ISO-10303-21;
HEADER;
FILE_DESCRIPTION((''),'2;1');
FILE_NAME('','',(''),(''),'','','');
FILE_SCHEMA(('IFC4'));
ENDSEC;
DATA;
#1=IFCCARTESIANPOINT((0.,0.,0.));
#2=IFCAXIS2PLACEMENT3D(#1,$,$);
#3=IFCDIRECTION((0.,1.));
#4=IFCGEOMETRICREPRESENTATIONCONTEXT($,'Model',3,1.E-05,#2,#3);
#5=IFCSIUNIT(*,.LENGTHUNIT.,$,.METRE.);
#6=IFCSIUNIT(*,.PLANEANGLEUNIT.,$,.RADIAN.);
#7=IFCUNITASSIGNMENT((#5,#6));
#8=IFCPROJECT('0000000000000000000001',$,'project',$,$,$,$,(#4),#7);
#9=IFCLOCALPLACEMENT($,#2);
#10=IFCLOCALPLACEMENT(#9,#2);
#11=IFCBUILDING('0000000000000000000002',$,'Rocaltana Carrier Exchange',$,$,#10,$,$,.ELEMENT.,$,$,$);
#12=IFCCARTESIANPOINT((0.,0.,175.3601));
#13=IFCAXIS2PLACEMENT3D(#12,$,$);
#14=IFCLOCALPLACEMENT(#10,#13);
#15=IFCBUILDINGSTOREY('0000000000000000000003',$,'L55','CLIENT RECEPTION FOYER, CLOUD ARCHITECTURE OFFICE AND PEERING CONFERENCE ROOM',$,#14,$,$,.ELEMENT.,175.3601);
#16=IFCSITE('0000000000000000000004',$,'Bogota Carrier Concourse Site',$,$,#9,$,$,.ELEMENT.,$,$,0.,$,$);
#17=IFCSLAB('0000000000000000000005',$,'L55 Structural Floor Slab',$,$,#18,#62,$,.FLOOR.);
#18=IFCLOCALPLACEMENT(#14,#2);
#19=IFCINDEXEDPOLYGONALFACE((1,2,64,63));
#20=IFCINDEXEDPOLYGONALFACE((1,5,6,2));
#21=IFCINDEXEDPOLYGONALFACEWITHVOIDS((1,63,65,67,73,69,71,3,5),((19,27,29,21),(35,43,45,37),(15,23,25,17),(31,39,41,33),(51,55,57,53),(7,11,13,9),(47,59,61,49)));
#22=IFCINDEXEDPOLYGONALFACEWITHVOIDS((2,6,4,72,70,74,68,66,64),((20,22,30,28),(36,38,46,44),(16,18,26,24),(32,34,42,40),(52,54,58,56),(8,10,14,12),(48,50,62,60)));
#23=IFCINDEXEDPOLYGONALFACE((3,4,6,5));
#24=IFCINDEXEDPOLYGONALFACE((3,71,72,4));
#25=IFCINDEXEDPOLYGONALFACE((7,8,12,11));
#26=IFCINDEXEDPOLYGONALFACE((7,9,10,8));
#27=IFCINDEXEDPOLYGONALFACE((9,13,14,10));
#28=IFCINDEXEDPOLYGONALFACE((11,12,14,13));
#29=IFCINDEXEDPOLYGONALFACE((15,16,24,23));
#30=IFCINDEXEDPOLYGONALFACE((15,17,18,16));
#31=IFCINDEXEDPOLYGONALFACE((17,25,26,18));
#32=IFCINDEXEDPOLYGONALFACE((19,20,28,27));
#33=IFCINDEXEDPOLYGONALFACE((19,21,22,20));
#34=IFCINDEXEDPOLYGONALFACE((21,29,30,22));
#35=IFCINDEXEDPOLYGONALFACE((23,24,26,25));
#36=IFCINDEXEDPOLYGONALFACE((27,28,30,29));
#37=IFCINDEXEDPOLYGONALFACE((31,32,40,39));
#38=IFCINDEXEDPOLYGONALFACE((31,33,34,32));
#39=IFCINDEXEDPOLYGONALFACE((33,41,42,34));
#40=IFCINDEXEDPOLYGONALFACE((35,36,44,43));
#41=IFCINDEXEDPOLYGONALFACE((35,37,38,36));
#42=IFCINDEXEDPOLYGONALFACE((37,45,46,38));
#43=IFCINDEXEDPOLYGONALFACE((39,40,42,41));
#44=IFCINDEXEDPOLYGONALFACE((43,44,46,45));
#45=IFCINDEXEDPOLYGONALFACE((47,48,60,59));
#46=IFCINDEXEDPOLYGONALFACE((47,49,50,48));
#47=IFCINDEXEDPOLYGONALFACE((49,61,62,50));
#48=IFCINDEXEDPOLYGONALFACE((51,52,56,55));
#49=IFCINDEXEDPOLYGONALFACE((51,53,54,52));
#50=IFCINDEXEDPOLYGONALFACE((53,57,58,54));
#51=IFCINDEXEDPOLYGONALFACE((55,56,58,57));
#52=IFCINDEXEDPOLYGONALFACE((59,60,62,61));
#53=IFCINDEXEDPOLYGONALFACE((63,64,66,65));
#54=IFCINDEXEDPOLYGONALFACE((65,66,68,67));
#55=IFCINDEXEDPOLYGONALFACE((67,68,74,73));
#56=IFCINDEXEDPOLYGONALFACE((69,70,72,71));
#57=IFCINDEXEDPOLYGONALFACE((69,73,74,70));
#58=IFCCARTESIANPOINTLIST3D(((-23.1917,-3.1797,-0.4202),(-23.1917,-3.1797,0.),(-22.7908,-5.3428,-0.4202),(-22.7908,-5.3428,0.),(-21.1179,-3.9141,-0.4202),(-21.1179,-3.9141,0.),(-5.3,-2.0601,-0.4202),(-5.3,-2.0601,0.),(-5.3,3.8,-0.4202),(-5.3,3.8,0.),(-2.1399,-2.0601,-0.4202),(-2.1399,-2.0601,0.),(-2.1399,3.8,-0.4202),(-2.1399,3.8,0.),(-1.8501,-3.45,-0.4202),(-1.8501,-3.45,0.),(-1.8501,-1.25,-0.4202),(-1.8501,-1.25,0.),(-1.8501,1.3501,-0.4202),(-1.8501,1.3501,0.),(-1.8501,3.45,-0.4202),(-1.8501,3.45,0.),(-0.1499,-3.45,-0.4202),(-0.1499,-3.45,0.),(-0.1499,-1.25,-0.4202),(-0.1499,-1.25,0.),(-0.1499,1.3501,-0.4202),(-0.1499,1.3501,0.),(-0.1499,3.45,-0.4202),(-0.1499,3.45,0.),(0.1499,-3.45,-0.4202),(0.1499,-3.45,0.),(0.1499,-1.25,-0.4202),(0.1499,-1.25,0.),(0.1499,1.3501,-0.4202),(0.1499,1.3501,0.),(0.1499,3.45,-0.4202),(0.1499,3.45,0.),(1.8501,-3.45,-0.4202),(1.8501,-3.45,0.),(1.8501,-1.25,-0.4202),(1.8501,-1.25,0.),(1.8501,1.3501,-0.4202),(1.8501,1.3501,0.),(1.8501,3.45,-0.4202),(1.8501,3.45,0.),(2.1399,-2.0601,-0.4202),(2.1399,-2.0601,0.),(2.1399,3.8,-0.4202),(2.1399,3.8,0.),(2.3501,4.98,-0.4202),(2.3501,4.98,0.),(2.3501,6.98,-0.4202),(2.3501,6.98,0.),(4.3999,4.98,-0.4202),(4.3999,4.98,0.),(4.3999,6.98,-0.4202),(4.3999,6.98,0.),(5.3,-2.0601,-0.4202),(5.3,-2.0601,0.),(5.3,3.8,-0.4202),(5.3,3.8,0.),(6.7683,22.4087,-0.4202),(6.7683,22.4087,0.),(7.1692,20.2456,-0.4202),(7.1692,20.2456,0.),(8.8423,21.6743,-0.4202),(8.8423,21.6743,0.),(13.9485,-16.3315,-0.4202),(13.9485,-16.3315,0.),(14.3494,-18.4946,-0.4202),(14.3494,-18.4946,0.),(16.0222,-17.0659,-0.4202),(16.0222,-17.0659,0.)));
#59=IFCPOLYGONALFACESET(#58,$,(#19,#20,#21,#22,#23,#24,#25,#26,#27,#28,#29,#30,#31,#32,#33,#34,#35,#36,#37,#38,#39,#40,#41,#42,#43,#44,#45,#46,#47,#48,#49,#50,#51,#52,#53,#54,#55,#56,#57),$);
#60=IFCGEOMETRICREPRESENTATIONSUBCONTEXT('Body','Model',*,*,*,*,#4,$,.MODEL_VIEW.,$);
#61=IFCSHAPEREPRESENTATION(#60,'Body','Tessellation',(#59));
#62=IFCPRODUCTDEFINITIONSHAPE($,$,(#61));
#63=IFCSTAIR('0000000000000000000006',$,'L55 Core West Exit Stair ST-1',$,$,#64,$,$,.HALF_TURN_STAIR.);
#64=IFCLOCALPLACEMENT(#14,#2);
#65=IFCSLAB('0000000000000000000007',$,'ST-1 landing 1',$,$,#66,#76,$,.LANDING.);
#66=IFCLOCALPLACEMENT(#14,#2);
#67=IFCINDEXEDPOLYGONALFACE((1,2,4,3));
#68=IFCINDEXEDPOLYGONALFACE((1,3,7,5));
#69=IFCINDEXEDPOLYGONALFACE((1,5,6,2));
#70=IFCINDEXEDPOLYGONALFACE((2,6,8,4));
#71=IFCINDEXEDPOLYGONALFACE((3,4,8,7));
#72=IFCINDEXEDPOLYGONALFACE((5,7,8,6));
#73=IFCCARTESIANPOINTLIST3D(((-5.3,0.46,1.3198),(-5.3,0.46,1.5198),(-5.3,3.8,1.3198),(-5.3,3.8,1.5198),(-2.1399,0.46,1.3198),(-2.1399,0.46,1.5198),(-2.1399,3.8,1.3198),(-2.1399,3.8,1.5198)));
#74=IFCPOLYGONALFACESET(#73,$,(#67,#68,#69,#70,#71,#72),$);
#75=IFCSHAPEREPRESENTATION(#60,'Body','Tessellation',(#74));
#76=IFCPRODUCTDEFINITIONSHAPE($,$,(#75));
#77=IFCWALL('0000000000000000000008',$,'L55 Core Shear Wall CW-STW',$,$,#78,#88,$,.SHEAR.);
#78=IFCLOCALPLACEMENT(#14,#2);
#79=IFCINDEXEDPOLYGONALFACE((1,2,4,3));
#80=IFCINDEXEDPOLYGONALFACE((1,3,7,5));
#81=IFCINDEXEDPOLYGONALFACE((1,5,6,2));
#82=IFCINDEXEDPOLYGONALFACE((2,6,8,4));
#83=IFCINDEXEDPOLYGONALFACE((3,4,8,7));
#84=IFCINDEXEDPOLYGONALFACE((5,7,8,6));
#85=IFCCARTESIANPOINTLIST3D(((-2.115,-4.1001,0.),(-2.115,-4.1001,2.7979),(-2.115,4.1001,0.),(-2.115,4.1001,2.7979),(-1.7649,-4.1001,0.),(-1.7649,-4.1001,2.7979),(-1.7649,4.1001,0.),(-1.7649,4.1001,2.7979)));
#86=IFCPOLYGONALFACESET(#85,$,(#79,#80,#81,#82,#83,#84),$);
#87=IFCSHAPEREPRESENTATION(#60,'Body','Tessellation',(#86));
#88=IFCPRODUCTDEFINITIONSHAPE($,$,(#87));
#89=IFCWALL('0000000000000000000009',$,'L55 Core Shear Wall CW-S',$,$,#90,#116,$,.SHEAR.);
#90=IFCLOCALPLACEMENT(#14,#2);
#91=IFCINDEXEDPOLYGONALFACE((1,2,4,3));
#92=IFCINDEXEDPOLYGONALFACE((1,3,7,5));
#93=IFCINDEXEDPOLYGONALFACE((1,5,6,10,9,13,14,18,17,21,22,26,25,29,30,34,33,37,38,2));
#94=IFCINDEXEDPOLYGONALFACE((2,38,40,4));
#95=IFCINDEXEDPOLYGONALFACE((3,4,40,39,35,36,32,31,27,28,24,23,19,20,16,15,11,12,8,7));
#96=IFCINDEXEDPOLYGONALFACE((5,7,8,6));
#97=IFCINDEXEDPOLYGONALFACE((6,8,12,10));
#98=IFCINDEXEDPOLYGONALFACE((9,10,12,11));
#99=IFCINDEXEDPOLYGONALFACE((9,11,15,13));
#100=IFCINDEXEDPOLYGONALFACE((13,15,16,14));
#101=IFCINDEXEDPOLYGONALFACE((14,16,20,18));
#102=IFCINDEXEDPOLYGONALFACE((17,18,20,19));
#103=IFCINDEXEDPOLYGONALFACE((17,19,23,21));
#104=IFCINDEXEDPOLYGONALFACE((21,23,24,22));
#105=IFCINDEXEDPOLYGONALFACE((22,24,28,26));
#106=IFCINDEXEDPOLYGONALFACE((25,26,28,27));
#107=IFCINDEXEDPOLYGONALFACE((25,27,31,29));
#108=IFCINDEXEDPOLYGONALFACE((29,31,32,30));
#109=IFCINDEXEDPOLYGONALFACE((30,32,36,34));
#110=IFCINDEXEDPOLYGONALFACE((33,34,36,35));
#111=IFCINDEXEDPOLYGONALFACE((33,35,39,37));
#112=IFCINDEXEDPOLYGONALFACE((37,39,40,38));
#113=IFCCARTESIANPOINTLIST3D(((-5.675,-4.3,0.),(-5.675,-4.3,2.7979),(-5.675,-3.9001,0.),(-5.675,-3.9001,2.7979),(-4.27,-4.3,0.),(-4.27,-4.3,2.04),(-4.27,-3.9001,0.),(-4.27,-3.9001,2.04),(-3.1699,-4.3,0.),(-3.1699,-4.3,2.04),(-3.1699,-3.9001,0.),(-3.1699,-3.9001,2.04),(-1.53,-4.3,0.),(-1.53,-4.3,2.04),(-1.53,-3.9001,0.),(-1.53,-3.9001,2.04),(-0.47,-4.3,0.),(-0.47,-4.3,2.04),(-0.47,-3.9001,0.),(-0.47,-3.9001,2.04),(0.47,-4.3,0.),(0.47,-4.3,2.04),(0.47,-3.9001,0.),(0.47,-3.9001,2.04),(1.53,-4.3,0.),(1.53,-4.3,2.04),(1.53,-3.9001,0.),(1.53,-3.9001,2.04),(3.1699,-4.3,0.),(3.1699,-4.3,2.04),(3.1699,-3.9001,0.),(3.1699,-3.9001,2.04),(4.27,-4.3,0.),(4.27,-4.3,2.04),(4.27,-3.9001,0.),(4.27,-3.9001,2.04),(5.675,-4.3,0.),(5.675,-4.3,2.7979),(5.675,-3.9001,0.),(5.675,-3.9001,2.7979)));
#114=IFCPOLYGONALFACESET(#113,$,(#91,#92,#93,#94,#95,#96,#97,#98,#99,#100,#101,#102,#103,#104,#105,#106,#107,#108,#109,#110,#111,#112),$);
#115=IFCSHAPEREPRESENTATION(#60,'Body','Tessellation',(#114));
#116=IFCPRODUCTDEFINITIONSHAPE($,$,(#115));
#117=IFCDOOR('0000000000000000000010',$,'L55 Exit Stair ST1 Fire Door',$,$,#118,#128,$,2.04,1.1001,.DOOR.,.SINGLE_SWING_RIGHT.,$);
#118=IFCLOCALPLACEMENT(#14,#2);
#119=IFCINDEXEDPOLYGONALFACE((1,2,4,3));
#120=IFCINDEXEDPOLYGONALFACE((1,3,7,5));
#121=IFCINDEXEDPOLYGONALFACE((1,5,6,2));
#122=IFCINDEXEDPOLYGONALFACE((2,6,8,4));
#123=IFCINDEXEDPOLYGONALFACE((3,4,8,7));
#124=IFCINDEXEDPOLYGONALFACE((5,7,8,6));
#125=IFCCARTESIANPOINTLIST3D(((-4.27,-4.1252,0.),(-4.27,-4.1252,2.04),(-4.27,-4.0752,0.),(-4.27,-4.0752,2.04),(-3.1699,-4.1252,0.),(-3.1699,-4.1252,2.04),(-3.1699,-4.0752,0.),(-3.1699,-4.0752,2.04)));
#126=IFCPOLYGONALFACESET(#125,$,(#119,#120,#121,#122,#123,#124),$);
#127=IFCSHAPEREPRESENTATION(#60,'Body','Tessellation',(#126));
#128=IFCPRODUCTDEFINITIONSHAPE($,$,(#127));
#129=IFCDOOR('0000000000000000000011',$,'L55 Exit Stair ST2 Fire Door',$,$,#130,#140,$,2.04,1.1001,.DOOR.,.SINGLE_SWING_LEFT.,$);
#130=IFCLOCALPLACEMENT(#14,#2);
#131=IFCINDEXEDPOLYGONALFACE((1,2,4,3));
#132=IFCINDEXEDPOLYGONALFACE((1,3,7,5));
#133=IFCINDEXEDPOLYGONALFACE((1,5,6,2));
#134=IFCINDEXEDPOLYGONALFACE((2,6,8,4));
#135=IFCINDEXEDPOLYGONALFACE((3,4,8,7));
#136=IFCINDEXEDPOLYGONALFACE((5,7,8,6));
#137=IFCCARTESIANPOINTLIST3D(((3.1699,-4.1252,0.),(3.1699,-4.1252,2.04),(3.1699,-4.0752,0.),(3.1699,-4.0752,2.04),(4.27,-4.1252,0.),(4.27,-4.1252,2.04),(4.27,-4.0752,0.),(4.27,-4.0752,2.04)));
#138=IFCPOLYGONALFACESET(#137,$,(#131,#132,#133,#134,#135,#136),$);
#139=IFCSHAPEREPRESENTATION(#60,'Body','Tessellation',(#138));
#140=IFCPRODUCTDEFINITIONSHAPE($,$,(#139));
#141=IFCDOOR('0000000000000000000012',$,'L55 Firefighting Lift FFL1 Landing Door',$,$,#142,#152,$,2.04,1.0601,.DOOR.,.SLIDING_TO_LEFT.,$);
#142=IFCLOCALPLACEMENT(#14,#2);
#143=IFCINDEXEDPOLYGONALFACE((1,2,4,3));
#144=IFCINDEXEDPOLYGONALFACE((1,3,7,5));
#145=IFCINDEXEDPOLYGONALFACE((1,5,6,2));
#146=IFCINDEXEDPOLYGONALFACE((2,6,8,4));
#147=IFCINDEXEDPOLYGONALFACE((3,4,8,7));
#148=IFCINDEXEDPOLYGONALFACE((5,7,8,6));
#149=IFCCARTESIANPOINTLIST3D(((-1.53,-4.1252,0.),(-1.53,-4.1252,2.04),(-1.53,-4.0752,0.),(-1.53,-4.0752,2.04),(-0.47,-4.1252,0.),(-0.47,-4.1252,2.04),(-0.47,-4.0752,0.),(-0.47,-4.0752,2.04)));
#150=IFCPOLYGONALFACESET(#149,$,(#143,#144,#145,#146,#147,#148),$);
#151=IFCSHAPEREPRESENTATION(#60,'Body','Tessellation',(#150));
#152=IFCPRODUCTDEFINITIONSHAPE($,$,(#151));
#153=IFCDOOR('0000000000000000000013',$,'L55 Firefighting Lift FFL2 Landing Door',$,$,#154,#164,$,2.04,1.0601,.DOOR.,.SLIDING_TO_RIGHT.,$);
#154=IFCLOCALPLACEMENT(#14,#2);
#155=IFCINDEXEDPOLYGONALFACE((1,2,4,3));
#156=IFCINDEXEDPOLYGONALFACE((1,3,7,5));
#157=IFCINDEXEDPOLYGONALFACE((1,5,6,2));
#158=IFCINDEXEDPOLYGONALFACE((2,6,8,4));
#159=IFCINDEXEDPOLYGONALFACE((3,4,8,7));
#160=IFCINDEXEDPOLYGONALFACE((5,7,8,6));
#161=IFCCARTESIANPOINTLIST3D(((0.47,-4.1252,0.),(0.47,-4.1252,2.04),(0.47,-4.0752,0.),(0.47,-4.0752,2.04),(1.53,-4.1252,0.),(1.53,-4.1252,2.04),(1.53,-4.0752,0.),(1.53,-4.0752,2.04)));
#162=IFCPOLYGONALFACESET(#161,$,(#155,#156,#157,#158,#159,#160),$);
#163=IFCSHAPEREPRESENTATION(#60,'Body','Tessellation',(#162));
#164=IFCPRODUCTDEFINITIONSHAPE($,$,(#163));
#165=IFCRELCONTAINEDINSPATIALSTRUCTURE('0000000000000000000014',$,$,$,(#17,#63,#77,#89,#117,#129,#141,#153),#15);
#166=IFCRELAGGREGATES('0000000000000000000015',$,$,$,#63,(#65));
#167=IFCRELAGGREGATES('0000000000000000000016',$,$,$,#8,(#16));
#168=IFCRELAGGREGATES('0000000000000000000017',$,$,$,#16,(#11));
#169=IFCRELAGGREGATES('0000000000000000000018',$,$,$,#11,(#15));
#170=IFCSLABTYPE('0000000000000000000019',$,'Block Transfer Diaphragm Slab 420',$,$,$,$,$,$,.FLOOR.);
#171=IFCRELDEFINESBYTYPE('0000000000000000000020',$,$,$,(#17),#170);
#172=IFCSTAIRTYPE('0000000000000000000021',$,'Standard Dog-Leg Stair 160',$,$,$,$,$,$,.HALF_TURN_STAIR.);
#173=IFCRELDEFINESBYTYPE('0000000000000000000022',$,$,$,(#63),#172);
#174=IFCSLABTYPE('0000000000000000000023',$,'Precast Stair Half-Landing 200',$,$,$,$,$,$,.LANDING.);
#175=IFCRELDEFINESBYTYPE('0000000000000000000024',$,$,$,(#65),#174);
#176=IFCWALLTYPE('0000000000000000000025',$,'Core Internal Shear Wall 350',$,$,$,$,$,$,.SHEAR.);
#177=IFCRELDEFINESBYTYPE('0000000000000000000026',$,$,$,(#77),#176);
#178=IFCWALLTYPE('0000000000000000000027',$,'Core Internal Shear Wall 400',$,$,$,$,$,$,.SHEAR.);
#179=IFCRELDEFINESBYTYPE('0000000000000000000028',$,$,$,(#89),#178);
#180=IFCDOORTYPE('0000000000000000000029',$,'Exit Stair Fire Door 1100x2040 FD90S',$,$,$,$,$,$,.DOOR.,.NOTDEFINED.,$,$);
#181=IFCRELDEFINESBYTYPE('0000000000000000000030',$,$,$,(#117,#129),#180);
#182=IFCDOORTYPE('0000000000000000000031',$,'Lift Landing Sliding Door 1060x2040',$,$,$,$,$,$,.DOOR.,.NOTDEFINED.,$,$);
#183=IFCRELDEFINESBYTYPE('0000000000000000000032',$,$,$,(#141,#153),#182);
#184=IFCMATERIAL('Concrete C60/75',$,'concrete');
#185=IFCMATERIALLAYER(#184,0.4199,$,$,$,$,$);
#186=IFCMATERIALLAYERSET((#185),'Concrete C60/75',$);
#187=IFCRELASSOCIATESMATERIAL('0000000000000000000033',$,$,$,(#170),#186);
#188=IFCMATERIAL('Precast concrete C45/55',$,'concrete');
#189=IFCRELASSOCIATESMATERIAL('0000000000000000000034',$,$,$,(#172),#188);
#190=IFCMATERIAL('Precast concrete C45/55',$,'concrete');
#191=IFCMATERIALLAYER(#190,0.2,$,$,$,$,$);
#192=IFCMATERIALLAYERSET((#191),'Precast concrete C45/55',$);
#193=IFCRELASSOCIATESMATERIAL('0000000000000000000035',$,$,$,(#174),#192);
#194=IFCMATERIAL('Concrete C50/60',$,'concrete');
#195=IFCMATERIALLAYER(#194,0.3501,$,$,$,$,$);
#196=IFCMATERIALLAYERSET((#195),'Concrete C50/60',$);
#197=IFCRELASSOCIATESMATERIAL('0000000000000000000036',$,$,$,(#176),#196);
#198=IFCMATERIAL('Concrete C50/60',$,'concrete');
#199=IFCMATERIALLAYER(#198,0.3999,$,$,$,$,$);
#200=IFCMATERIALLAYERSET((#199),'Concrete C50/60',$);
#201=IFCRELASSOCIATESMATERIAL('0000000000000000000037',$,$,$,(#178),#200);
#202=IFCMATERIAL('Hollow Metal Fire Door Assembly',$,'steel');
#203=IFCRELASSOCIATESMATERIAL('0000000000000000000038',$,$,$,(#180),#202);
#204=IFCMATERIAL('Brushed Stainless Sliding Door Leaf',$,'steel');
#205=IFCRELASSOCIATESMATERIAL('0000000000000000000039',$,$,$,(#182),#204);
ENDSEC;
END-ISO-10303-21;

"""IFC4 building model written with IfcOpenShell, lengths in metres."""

from ifc_helpers import new_model, si_unit, direction, frame, frame_2d, origin, place, context, subcontext, project, spatial, polyline, rectangle, outline, extrude, material, layer, layer_set, type_object, element, fill, aggregate, save


model = new_model("IFC4")

# Units and contexts
model_context = context("Model", 3, precision=1e-05, world=origin(), true_north=direction((0.0, 1.0)))
body_context = subcontext(model_context, "Body", "Model", "MODEL_VIEW")
ifc_project = project(units=[si_unit("LENGTHUNIT", "METRE"), si_unit("PLANEANGLEUNIT", "RADIAN")], contexts=[model_context])

# Site, building, storey
site_placement = place(None, origin())
site = spatial("IfcSite", under=ifc_project, at=site_placement, Name="Bogota Carrier Concourse Site", CompositionType="ELEMENT", RefElevation=0.0)
building_placement = place(site_placement, origin())
building = spatial("IfcBuilding", under=site, at=building_placement, Name="Rocaltana Carrier Exchange", CompositionType="ELEMENT")
storey_placement = place(building_placement, frame((0.0, 0.0, 175.3601)))
storey = spatial("IfcBuildingStorey", under=building, at=storey_placement, Name="L55", Description="CLIENT RECEPTION FOYER, CLOUD ARCHITECTURE OFFICE AND PEERING CONFERENCE ROOM", CompositionType="ELEMENT", Elevation=175.3601)

# Slab
ifc_material_1 = material(Name="Concrete C60/75", Category="concrete")
ifc_layer_1 = layer(ifc_material_1, 0.4199)
ifc_layer_set_1 = layer_set([ifc_layer_1], Name="Concrete C60/75")
slab_type_1 = type_object("IfcSlabType", Name="Block Transfer Diaphragm Slab 420", PredefinedType="FLOOR", material=ifc_layer_set_1)
slab_1_placement = place(storey_placement, frame((0.0, 0.0, -0.4202)))
element("IfcSlab", 1, at=slab_1_placement, inside=storey, type_object=slab_type_1, Name="L55 Structural Floor Slab", PredefinedType="FLOOR", context=body_context, shape_type="SweptSolid", body=[
    extrude(outline(polyline([(14.3494, -18.4946), (13.9485, -16.3315), (16.0222, -17.0659), (8.8423, 21.6743), (7.1692, 20.2456), (6.7683, 22.4087), (-23.1917, -3.1797), (-21.1179, -3.9141), (-22.7908, -5.3428), (14.3494, -18.4946)]), holes=[polyline([(-5.3, -2.0601), (-2.1399, -2.0601), (-2.1399, 3.8), (-5.3, 3.8), (-5.3, -2.0601)]), polyline([(2.1399, -2.0601), (5.3, -2.0601), (5.3, 3.8), (2.1399, 3.8), (2.1399, -2.0601)]), polyline([(-1.8501, -3.45), (-0.1499, -3.45), (-0.1499, -1.25), (-1.8501, -1.25), (-1.8501, -3.45)]), polyline([(0.1499, -3.45), (1.8501, -3.45), (1.8501, -1.25), (0.1499, -1.25), (0.1499, -3.45)]), polyline([(2.3501, 4.98), (4.3999, 4.98), (4.3999, 6.98), (2.3501, 6.98), (2.3501, 4.98)]), polyline([(-1.8501, 1.3501), (-0.1499, 1.3501), (-0.1499, 3.45), (-1.8501, 3.45), (-1.8501, 1.3501)]), polyline([(0.1499, 1.3501), (1.8501, 1.3501), (1.8501, 3.45), (0.1499, 3.45), (0.1499, 1.3501)])]), origin(), (0.0, 0.0, 1.0), 0.4202),
])

# Stair, slab
ifc_material_2 = material(Name="Precast concrete C45/55", Category="concrete")
stair_type = type_object("IfcStairType", Name="Standard Dog-Leg Stair 160", PredefinedType="HALF_TURN_STAIR", material=ifc_material_2)
stair_placement = place(storey_placement, origin())
stair = element("IfcStair", 2, at=stair_placement, inside=storey, type_object=stair_type, Name="L55 Core West Exit Stair ST-1", PredefinedType="HALF_TURN_STAIR")
ifc_material_3 = material(Name="Precast concrete C45/55", Category="concrete")
ifc_layer_2 = layer(ifc_material_3, 0.2)
ifc_layer_set_2 = layer_set([ifc_layer_2], Name="Precast concrete C45/55")
slab_type_2 = type_object("IfcSlabType", Name="Precast Stair Half-Landing 200", PredefinedType="LANDING", material=ifc_layer_set_2)
slab_2_placement = place(storey_placement, frame((0.0, 0.0, 1.3198)))
slab_2 = element("IfcSlab", 3, at=slab_2_placement, type_object=slab_type_2, Name="ST-1 landing 1", PredefinedType="LANDING", context=body_context, shape_type="SweptSolid", body=[
    extrude(outline(polyline([(-2.1399, 0.46), (-2.1399, 3.8), (-5.3, 3.8), (-5.3, 0.46), (-2.1399, 0.46)])), origin(), (0.0, 0.0, 1.0), 0.2),
])

# Wall
ifc_material_4 = material(Name="Concrete C50/60", Category="concrete")
ifc_layer_3 = layer(ifc_material_4, 0.3501)
ifc_layer_set_3 = layer_set([ifc_layer_3], Name="Concrete C50/60")
wall_type_1 = type_object("IfcWallType", Name="Core Internal Shear Wall 350", PredefinedType="SHEAR", material=ifc_layer_set_3)
wall_1_placement = place(storey_placement, frame((-1.9399, -4.1001, 0.0), z_axis=(0.0, 0.0, 1.0), x_axis=(0.0, 1.0, 0.0)))
element("IfcWall", 4, at=wall_1_placement, inside=storey, type_object=wall_type_1, Name="L55 Core Shear Wall CW-STW", PredefinedType="SHEAR", context=body_context, shape_type="SweptSolid", body=[
    extrude(rectangle(XDim=8.2002, YDim=0.3501, at=frame_2d((4.1001, 0.0))), origin(), (0.0, 0.0, 1.0), 2.7979),
])

# Wall, openings, doors
ifc_material_5 = material(Name="Concrete C50/60", Category="concrete")
ifc_layer_4 = layer(ifc_material_5, 0.3999)
ifc_layer_set_4 = layer_set([ifc_layer_4], Name="Concrete C50/60")
wall_type_2 = type_object("IfcWallType", Name="Core Internal Shear Wall 400", PredefinedType="SHEAR", material=ifc_layer_set_4)
wall_2_placement = place(storey_placement, frame((-5.675, -4.1001, 0.0), z_axis=(0.0, 0.0, 1.0), x_axis=(1.0, 0.0, 0.0)))
wall_2 = element("IfcWall", 5, at=wall_2_placement, inside=storey, type_object=wall_type_2, Name="L55 Core Shear Wall CW-S", PredefinedType="SHEAR", context=body_context, shape_type="SweptSolid", body=[
    extrude(rectangle(XDim=11.3501, YDim=0.3999, at=frame_2d((5.675, 0.0))), origin(), (0.0, 0.0, 1.0), 2.7979),
])
opening_1_placement = place(wall_2_placement, frame((1.405, 0.0, 0.0)))
opening_1 = element("IfcOpeningElement", 6, at=opening_1_placement, cuts=wall_2, PredefinedType="OPENING", context=body_context, shape_type="SweptSolid", body=[
    extrude(rectangle(XDim=1.1001, YDim=2.04, at=frame_2d((0.55, 1.02))), frame((0.0, 0.21, 0.0), z_axis=(0.0, -1.0, 0.0), x_axis=(1.0, 0.0, 0.0)), (0.0, 0.0, 1.0), 0.4199),
])
opening_2_placement = place(wall_2_placement, frame((8.845, 0.0, 0.0)))
opening_2 = element("IfcOpeningElement", 7, at=opening_2_placement, cuts=wall_2, PredefinedType="OPENING", context=body_context, shape_type="SweptSolid", body=[
    extrude(rectangle(XDim=1.1001, YDim=2.04, at=frame_2d((0.55, 1.02))), frame((0.0, 0.21, 0.0), z_axis=(0.0, -1.0, 0.0), x_axis=(1.0, 0.0, 0.0)), (0.0, 0.0, 1.0), 0.4199),
])
opening_3_placement = place(wall_2_placement, frame((4.145, 0.0, 0.0)))
opening_3 = element("IfcOpeningElement", 8, at=opening_3_placement, cuts=wall_2, PredefinedType="OPENING", context=body_context, shape_type="SweptSolid", body=[
    extrude(rectangle(XDim=1.0601, YDim=2.04, at=frame_2d((0.53, 1.02))), frame((0.0, 0.21, 0.0), z_axis=(0.0, -1.0, 0.0), x_axis=(1.0, 0.0, 0.0)), (0.0, 0.0, 1.0), 0.4199),
])
opening_4_placement = place(wall_2_placement, frame((6.145, 0.0, 0.0)))
opening_4 = element("IfcOpeningElement", 9, at=opening_4_placement, cuts=wall_2, PredefinedType="OPENING", context=body_context, shape_type="SweptSolid", body=[
    extrude(rectangle(XDim=1.0601, YDim=2.04, at=frame_2d((0.53, 1.02))), frame((0.0, 0.21, 0.0), z_axis=(0.0, -1.0, 0.0), x_axis=(1.0, 0.0, 0.0)), (0.0, 0.0, 1.0), 0.4199),
])
ifc_material_6 = material(Name="Hollow Metal Fire Door Assembly", Category="steel")
door_type_1 = type_object("IfcDoorType", Name="Exit Stair Fire Door 1100x2040 FD90S", OperationType="NOTDEFINED", PredefinedType="DOOR", material=ifc_material_6)
door_1_placement = place(opening_1_placement, origin())
door_1 = element("IfcDoor", 10, at=door_1_placement, inside=storey, type_object=door_type_1, Name="L55 Exit Stair ST1 Fire Door", OperationType="SINGLE_SWING_RIGHT", OverallHeight=2.04, OverallWidth=1.1001, PredefinedType="DOOR", context=body_context, shape_type="SweptSolid", body=[
    extrude(rectangle(XDim=1.1001, YDim=2.04, at=frame_2d((0.55, 1.02))), frame((0.0, 0.0249, 0.0), z_axis=(0.0, -1.0, 0.0), x_axis=(1.0, 0.0, 0.0)), (0.0, 0.0, 1.0), 0.05),
])
fill(opening_1, door_1)
door_2_placement = place(opening_2_placement, origin())
door_2 = element("IfcDoor", 11, at=door_2_placement, inside=storey, type_object=door_type_1, Name="L55 Exit Stair ST2 Fire Door", OperationType="SINGLE_SWING_LEFT", OverallHeight=2.04, OverallWidth=1.1001, PredefinedType="DOOR", context=body_context, shape_type="SweptSolid", body=[
    extrude(rectangle(XDim=1.1001, YDim=2.04, at=frame_2d((0.55, 1.02))), frame((0.0, 0.0249, 0.0), z_axis=(0.0, -1.0, 0.0), x_axis=(1.0, 0.0, 0.0)), (0.0, 0.0, 1.0), 0.05),
])
fill(opening_2, door_2)
ifc_material_7 = material(Name="Brushed Stainless Sliding Door Leaf", Category="steel")
door_type_2 = type_object("IfcDoorType", Name="Lift Landing Sliding Door 1060x2040", OperationType="NOTDEFINED", PredefinedType="DOOR", material=ifc_material_7)
door_3_placement = place(opening_3_placement, origin())
door_3 = element("IfcDoor", 12, at=door_3_placement, inside=storey, type_object=door_type_2, Name="L55 Firefighting Lift FFL1 Landing Door", OperationType="SLIDING_TO_LEFT", OverallHeight=2.04, OverallWidth=1.0601, PredefinedType="DOOR", context=body_context, shape_type="SweptSolid", body=[
    extrude(rectangle(XDim=1.0601, YDim=2.04, at=frame_2d((0.53, 1.02))), frame((0.0, 0.0249, 0.0), z_axis=(0.0, -1.0, 0.0), x_axis=(1.0, 0.0, 0.0)), (0.0, 0.0, 1.0), 0.05),
])
fill(opening_3, door_3)
door_4_placement = place(opening_4_placement, origin())
door_4 = element("IfcDoor", 13, at=door_4_placement, inside=storey, type_object=door_type_2, Name="L55 Firefighting Lift FFL2 Landing Door", OperationType="SLIDING_TO_RIGHT", OverallHeight=2.04, OverallWidth=1.0601, PredefinedType="DOOR", context=body_context, shape_type="SweptSolid", body=[
    extrude(rectangle(XDim=1.0601, YDim=2.04, at=frame_2d((0.53, 1.02))), frame((0.0, 0.0249, 0.0), z_axis=(0.0, -1.0, 0.0), x_axis=(1.0, 0.0, 0.0)), (0.0, 0.0, 1.0), 0.05),
])
fill(opening_4, door_4)

aggregate(stair, [slab_2])

save(model, "model.ifc")
